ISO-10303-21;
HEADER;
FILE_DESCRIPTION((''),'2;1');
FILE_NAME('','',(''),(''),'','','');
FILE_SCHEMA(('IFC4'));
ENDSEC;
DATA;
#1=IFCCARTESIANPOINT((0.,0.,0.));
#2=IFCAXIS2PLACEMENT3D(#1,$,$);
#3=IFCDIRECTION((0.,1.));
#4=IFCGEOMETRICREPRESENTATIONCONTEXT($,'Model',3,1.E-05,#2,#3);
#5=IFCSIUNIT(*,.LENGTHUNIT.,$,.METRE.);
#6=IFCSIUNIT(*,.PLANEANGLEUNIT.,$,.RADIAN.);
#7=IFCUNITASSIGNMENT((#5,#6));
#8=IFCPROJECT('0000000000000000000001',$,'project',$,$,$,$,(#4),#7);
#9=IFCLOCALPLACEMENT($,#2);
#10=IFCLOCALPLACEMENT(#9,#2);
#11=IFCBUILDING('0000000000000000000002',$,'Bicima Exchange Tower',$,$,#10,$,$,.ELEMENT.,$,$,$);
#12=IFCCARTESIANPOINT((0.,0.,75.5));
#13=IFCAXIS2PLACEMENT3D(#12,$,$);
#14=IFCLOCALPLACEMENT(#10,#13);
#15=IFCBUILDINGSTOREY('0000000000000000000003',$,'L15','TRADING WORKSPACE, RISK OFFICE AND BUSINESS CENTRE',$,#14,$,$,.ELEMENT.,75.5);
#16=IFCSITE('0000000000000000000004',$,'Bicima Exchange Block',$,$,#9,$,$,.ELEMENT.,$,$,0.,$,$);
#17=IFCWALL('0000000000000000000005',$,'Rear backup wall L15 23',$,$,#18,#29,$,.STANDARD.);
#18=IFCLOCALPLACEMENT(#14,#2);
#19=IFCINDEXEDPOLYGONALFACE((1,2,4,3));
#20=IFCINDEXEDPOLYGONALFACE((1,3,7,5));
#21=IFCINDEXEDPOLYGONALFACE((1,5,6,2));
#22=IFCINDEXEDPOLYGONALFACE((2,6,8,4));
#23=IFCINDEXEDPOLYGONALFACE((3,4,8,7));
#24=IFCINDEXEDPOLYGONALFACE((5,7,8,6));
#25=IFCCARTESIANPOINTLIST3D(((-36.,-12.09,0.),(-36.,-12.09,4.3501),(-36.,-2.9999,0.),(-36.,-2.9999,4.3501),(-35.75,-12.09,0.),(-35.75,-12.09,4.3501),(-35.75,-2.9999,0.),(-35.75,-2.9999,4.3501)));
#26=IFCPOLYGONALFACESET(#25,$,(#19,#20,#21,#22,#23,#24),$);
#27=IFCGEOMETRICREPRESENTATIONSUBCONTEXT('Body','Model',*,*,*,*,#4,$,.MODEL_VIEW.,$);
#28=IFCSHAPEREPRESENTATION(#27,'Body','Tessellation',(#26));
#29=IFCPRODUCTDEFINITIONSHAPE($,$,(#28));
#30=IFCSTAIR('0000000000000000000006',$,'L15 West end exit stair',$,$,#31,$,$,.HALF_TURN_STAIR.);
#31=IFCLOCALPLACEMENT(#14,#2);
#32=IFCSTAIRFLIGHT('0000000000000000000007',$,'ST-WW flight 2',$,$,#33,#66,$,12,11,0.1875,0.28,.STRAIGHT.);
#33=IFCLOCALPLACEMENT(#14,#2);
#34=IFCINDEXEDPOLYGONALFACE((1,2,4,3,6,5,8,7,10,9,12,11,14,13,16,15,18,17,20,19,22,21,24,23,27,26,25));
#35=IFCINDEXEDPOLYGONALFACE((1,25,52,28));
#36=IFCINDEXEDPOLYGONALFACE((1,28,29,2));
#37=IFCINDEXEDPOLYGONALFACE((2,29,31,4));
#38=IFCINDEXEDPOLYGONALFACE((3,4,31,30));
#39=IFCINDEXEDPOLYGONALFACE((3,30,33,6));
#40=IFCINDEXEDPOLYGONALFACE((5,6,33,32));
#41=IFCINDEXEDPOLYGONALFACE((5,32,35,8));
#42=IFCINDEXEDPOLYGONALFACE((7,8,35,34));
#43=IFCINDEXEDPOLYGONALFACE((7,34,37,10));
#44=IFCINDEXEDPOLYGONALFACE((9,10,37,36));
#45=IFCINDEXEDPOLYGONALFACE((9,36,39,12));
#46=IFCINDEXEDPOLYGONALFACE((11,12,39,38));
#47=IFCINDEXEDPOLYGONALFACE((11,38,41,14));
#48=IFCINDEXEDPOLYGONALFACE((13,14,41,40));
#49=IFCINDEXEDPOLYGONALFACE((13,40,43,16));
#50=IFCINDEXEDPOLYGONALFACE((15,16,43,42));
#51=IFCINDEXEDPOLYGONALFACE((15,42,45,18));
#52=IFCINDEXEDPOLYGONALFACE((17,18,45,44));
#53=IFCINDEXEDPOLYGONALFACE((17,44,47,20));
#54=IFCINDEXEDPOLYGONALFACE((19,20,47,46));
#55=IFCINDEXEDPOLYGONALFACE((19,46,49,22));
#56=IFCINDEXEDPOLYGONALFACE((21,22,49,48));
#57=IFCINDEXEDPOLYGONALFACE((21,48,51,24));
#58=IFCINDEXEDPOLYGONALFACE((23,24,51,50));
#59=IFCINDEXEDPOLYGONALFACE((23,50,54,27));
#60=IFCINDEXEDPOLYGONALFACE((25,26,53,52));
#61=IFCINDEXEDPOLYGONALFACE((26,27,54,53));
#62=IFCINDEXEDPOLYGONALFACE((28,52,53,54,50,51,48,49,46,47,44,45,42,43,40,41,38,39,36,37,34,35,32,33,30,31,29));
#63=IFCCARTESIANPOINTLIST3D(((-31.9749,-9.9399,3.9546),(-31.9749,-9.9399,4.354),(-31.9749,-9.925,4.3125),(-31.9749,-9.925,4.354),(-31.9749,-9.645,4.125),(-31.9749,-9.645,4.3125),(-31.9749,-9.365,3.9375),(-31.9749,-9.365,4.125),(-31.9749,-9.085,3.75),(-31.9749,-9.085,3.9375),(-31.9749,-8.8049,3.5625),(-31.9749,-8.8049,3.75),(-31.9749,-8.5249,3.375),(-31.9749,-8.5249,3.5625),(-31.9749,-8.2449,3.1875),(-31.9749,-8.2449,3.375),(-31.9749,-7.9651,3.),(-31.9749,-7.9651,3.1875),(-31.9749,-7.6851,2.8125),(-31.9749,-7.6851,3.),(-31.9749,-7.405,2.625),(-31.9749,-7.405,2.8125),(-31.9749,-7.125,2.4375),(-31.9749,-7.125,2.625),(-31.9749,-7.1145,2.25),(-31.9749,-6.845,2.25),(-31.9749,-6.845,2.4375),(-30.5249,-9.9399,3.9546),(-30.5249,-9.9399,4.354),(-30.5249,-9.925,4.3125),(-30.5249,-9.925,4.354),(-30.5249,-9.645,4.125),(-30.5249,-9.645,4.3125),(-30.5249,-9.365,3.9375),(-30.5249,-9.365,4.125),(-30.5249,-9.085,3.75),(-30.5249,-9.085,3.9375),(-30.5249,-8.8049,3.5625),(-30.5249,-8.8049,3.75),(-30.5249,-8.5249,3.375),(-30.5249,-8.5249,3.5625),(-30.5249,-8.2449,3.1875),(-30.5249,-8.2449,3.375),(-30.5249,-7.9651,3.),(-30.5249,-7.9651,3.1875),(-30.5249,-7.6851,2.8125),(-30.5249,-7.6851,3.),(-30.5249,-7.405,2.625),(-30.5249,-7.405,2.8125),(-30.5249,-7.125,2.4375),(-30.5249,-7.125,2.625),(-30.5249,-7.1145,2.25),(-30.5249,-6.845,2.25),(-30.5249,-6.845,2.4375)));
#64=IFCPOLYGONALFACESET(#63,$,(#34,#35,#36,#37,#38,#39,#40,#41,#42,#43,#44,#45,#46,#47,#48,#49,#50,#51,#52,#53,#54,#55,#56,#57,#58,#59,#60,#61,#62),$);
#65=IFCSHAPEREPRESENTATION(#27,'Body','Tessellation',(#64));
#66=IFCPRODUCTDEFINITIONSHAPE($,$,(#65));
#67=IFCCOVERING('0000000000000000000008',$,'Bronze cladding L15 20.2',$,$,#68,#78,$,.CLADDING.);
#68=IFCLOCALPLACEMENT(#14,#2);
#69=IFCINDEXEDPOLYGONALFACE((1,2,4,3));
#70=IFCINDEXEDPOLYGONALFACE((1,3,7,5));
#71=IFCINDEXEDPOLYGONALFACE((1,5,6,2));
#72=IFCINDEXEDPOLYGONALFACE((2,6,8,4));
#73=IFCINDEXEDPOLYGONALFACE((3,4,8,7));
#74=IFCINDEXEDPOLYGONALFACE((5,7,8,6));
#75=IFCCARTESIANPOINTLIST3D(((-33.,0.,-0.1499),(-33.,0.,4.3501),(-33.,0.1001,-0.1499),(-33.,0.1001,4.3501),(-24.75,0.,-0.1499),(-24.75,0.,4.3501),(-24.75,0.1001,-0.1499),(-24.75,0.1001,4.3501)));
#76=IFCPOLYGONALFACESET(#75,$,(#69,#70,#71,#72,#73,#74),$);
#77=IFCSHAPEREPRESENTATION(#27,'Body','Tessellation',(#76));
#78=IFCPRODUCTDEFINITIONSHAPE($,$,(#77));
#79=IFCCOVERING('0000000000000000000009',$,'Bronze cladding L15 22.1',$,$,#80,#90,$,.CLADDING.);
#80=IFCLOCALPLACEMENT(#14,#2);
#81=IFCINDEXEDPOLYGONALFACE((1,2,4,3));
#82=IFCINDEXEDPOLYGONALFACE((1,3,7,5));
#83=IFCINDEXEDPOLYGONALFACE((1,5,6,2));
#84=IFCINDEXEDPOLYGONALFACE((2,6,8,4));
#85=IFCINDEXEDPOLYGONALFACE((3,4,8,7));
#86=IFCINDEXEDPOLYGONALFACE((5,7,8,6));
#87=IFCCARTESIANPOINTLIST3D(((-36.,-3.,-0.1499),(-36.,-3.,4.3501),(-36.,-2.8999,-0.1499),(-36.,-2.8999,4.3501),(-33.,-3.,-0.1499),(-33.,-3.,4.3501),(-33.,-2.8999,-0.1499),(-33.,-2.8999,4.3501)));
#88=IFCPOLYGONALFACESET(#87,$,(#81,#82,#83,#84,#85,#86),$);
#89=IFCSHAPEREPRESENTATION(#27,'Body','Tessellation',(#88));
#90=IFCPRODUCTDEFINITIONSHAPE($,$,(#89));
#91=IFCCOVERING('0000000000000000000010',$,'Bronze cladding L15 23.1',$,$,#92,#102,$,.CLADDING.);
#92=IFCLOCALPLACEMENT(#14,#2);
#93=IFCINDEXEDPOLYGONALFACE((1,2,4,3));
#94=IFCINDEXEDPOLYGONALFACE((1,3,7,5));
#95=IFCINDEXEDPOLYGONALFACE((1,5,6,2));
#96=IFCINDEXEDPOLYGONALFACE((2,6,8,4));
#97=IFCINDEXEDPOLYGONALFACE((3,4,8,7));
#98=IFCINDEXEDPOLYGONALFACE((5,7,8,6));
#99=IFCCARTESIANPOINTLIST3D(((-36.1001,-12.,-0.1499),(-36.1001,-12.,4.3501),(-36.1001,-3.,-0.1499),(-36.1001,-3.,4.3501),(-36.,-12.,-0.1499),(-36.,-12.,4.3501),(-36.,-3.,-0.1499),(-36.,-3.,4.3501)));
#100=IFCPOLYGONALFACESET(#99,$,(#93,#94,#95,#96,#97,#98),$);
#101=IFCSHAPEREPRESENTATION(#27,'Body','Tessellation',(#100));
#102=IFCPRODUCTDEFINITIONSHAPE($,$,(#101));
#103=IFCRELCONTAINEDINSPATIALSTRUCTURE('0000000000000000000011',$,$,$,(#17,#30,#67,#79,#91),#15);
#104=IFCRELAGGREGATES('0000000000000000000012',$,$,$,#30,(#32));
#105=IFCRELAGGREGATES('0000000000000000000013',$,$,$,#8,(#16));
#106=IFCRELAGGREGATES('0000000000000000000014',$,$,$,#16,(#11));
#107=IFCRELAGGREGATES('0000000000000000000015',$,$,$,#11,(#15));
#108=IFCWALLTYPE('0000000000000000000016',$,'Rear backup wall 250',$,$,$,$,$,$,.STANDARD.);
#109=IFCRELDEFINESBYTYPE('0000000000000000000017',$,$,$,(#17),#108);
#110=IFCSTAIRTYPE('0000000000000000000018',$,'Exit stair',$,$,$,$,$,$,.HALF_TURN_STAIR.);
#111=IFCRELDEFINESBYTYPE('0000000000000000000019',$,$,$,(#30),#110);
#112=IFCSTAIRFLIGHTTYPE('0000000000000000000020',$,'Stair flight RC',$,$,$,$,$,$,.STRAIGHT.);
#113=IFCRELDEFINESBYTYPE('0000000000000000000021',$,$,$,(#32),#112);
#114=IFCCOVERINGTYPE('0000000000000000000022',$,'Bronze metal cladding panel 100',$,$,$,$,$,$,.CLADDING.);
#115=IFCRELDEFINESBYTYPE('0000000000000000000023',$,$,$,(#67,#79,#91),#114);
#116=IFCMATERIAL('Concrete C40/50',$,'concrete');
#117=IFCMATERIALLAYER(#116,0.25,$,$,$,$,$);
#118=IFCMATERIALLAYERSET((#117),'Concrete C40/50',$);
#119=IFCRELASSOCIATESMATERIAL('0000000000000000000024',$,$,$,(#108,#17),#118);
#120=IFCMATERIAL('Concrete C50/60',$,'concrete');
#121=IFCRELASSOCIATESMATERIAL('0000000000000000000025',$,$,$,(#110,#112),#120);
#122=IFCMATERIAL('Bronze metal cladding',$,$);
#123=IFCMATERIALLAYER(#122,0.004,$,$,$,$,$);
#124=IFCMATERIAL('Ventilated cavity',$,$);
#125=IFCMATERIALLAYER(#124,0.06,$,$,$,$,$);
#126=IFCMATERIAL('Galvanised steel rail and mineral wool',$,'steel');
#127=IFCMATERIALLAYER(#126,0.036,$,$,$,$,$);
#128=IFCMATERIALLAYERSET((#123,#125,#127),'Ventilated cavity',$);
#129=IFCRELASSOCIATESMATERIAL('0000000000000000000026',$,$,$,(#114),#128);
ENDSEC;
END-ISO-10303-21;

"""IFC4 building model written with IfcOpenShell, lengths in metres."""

from ifc_helpers import new_model, si_unit, direction, frame, frame_2d, origin, origin_2d, place, context, subcontext, project, spatial, polyline, rectangle, outline, extrude, material, layer, layer_set, layer_usage, type_object, element, aggregate, save


model = new_model("IFC4")

# Units and contexts
model_context = context("Model", 3, precision=1e-05, world=origin(), true_north=direction((0.0, 1.0)))
body_context = subcontext(model_context, "Body", "Model", "MODEL_VIEW")
ifc_project = project(units=[si_unit("LENGTHUNIT", "METRE"), si_unit("PLANEANGLEUNIT", "RADIAN")], contexts=[model_context])

# Site, building, storey
site_placement = place(None, origin())
site = spatial("IfcSite", under=ifc_project, at=site_placement, Name="Bicima Exchange Block", CompositionType="ELEMENT", RefElevation=0.0)
building_placement = place(site_placement, origin())
building = spatial("IfcBuilding", under=site, at=building_placement, Name="Bicima Exchange Tower", CompositionType="ELEMENT")
storey_placement = place(building_placement, frame((0.0, 0.0, 75.5)))
storey = spatial("IfcBuildingStorey", under=building, at=storey_placement, Name="L15", Description="TRADING WORKSPACE, RISK OFFICE AND BUSINESS CENTRE", CompositionType="ELEMENT", Elevation=75.5)

# Wall
ifc_material_1 = material(Name="Concrete C50/60", Category="concrete")
ifc_material_2 = material(Name="Concrete C40/50", Category="concrete")
ifc_layer_1 = layer(ifc_material_2, 0.25)
ifc_layer_set_1 = layer_set([ifc_layer_1], Name="Concrete C40/50")
ifc_layer_usage = layer_usage(ifc_layer_set_1, "AXIS2", "POSITIVE", -0.125)
wall_type_1 = type_object("IfcWallType", Name="Rear backup wall 250", PredefinedType="STANDARD", material=ifc_layer_set_1)
wall_1_placement = place(storey_placement, frame((-35.875, -3.0, 0.0), z_axis=(0.0, 0.0, 1.0), x_axis=(0.0, -1.0, 0.0)))
element("IfcWall", 1, at=wall_1_placement, inside=storey, type_object=wall_type_1, material=ifc_layer_usage, Name="Rear backup wall L15 23", PredefinedType="STANDARD", context=body_context, shape_type="SweptSolid", body=[
    extrude(rectangle(XDim=9.0901, YDim=0.25, at=frame_2d((4.5449, 0.0))), origin(), (0.0, 0.0, 1.0), 4.3501),
])

# Stair, stair flight
stair_type = type_object("IfcStairType", Name="Exit stair", PredefinedType="HALF_TURN_STAIR", material=ifc_material_1)
stair_placement = place(storey_placement, origin())
stair = element("IfcStair", 2, at=stair_placement, inside=storey, type_object=stair_type, Name="L15 West end exit stair", PredefinedType="HALF_TURN_STAIR")
stair_flight_type = type_object("IfcStairFlightType", Name="Stair flight RC", PredefinedType="STRAIGHT", material=ifc_material_1)
stair_flight_placement = place(storey_placement, frame((-31.25, -6.845, 2.25), z_axis=(0.0, 0.0, 1.0), x_axis=(0.0, -1.0, 0.0)))
stair_flight = element("IfcStairFlight", 3, at=stair_flight_placement, type_object=stair_flight_type, Name="ST-WW flight 2", NumberOfRisers=12, NumberOfTreads=11, PredefinedType="STRAIGHT", RiserHeight=0.1875, TreadLength=0.28, context=body_context, shape_type="SweptSolid", body=[
    extrude(outline(polyline([(0.0, 0.0), (0.0, 0.1875), (0.28, 0.1875), (0.28, 0.375), (0.5601, 0.375), (0.5601, 0.5625), (0.8401, 0.5625), (0.8401, 0.75), (1.1201, 0.75), (1.1201, 0.9375), (1.3999, 0.9375), (1.3999, 1.125), (1.6799, 1.125), (1.6799, 1.3125), (1.96, 1.3125), (1.96, 1.5), (2.24, 1.5), (2.24, 1.6875), (2.52, 1.6875), (2.52, 1.875), (2.8, 1.875), (2.8, 2.0625), (3.0801, 2.0625), (3.0801, 2.104), (3.095, 2.104), (3.095, 1.7046), (0.2695, 0.0), (0.0, 0.0)])), frame((0.0, 0.7251, 0.0), z_axis=(0.0, -1.0, 0.0), x_axis=(1.0, 0.0, 0.0)), (0.0, 0.0, 1.0), 1.45),
])
aggregate(stair, [stair_flight])

# Coverings
ifc_material_3 = material(Name="Bronze metal cladding")
ifc_layer_2 = layer(ifc_material_3, 0.004)
ifc_material_4 = material(Name="Ventilated cavity")
ifc_layer_3 = layer(ifc_material_4, 0.06)
ifc_material_5 = material(Name="Galvanised steel rail and mineral wool", Category="steel")
ifc_layer_4 = layer(ifc_material_5, 0.036)
ifc_layer_set_2 = layer_set([ifc_layer_2, ifc_layer_3, ifc_layer_4], Name="Ventilated cavity")
covering_type = type_object("IfcCoveringType", Name="Bronze metal cladding panel 100", PredefinedType="CLADDING", material=ifc_layer_set_2)
covering_1_placement = place(storey_placement, frame((-28.875, 0.05, -0.1499), z_axis=(0.0, 0.0, 1.0), x_axis=(-1.0, 0.0, 0.0)))
element("IfcCovering", 4, at=covering_1_placement, inside=storey, type_object=covering_type, Name="Bronze cladding L15 20.2", PredefinedType="CLADDING", context=body_context, shape_type="SweptSolid", body=[
    extrude(rectangle(XDim=8.25, YDim=0.1001, at=origin_2d()), origin(), (0.0, 0.0, 1.0), 4.5),
])
covering_2_placement = place(storey_placement, frame((-34.5, -2.95, -0.1499), z_axis=(0.0, 0.0, 1.0), x_axis=(-1.0, 0.0, 0.0)))
element("IfcCovering", 5, at=covering_2_placement, inside=storey, type_object=covering_type, Name="Bronze cladding L15 22.1", PredefinedType="CLADDING", context=body_context, shape_type="SweptSolid", body=[
    extrude(rectangle(XDim=3.0, YDim=0.1001, at=origin_2d()), origin(), (0.0, 0.0, 1.0), 4.5),
])
covering_3_placement = place(storey_placement, frame((-36.05, -7.5, -0.1499), z_axis=(0.0, 0.0, 1.0), x_axis=(0.0, -1.0, 0.0)))
element("IfcCovering", 6, at=covering_3_placement, inside=storey, type_object=covering_type, Name="Bronze cladding L15 23.1", PredefinedType="CLADDING", context=body_context, shape_type="SweptSolid", body=[
    extrude(rectangle(XDim=9.0, YDim=0.1001, at=origin_2d()), origin(), (0.0, 0.0, 1.0), 4.5),
])

save(model, "model.ifc")
